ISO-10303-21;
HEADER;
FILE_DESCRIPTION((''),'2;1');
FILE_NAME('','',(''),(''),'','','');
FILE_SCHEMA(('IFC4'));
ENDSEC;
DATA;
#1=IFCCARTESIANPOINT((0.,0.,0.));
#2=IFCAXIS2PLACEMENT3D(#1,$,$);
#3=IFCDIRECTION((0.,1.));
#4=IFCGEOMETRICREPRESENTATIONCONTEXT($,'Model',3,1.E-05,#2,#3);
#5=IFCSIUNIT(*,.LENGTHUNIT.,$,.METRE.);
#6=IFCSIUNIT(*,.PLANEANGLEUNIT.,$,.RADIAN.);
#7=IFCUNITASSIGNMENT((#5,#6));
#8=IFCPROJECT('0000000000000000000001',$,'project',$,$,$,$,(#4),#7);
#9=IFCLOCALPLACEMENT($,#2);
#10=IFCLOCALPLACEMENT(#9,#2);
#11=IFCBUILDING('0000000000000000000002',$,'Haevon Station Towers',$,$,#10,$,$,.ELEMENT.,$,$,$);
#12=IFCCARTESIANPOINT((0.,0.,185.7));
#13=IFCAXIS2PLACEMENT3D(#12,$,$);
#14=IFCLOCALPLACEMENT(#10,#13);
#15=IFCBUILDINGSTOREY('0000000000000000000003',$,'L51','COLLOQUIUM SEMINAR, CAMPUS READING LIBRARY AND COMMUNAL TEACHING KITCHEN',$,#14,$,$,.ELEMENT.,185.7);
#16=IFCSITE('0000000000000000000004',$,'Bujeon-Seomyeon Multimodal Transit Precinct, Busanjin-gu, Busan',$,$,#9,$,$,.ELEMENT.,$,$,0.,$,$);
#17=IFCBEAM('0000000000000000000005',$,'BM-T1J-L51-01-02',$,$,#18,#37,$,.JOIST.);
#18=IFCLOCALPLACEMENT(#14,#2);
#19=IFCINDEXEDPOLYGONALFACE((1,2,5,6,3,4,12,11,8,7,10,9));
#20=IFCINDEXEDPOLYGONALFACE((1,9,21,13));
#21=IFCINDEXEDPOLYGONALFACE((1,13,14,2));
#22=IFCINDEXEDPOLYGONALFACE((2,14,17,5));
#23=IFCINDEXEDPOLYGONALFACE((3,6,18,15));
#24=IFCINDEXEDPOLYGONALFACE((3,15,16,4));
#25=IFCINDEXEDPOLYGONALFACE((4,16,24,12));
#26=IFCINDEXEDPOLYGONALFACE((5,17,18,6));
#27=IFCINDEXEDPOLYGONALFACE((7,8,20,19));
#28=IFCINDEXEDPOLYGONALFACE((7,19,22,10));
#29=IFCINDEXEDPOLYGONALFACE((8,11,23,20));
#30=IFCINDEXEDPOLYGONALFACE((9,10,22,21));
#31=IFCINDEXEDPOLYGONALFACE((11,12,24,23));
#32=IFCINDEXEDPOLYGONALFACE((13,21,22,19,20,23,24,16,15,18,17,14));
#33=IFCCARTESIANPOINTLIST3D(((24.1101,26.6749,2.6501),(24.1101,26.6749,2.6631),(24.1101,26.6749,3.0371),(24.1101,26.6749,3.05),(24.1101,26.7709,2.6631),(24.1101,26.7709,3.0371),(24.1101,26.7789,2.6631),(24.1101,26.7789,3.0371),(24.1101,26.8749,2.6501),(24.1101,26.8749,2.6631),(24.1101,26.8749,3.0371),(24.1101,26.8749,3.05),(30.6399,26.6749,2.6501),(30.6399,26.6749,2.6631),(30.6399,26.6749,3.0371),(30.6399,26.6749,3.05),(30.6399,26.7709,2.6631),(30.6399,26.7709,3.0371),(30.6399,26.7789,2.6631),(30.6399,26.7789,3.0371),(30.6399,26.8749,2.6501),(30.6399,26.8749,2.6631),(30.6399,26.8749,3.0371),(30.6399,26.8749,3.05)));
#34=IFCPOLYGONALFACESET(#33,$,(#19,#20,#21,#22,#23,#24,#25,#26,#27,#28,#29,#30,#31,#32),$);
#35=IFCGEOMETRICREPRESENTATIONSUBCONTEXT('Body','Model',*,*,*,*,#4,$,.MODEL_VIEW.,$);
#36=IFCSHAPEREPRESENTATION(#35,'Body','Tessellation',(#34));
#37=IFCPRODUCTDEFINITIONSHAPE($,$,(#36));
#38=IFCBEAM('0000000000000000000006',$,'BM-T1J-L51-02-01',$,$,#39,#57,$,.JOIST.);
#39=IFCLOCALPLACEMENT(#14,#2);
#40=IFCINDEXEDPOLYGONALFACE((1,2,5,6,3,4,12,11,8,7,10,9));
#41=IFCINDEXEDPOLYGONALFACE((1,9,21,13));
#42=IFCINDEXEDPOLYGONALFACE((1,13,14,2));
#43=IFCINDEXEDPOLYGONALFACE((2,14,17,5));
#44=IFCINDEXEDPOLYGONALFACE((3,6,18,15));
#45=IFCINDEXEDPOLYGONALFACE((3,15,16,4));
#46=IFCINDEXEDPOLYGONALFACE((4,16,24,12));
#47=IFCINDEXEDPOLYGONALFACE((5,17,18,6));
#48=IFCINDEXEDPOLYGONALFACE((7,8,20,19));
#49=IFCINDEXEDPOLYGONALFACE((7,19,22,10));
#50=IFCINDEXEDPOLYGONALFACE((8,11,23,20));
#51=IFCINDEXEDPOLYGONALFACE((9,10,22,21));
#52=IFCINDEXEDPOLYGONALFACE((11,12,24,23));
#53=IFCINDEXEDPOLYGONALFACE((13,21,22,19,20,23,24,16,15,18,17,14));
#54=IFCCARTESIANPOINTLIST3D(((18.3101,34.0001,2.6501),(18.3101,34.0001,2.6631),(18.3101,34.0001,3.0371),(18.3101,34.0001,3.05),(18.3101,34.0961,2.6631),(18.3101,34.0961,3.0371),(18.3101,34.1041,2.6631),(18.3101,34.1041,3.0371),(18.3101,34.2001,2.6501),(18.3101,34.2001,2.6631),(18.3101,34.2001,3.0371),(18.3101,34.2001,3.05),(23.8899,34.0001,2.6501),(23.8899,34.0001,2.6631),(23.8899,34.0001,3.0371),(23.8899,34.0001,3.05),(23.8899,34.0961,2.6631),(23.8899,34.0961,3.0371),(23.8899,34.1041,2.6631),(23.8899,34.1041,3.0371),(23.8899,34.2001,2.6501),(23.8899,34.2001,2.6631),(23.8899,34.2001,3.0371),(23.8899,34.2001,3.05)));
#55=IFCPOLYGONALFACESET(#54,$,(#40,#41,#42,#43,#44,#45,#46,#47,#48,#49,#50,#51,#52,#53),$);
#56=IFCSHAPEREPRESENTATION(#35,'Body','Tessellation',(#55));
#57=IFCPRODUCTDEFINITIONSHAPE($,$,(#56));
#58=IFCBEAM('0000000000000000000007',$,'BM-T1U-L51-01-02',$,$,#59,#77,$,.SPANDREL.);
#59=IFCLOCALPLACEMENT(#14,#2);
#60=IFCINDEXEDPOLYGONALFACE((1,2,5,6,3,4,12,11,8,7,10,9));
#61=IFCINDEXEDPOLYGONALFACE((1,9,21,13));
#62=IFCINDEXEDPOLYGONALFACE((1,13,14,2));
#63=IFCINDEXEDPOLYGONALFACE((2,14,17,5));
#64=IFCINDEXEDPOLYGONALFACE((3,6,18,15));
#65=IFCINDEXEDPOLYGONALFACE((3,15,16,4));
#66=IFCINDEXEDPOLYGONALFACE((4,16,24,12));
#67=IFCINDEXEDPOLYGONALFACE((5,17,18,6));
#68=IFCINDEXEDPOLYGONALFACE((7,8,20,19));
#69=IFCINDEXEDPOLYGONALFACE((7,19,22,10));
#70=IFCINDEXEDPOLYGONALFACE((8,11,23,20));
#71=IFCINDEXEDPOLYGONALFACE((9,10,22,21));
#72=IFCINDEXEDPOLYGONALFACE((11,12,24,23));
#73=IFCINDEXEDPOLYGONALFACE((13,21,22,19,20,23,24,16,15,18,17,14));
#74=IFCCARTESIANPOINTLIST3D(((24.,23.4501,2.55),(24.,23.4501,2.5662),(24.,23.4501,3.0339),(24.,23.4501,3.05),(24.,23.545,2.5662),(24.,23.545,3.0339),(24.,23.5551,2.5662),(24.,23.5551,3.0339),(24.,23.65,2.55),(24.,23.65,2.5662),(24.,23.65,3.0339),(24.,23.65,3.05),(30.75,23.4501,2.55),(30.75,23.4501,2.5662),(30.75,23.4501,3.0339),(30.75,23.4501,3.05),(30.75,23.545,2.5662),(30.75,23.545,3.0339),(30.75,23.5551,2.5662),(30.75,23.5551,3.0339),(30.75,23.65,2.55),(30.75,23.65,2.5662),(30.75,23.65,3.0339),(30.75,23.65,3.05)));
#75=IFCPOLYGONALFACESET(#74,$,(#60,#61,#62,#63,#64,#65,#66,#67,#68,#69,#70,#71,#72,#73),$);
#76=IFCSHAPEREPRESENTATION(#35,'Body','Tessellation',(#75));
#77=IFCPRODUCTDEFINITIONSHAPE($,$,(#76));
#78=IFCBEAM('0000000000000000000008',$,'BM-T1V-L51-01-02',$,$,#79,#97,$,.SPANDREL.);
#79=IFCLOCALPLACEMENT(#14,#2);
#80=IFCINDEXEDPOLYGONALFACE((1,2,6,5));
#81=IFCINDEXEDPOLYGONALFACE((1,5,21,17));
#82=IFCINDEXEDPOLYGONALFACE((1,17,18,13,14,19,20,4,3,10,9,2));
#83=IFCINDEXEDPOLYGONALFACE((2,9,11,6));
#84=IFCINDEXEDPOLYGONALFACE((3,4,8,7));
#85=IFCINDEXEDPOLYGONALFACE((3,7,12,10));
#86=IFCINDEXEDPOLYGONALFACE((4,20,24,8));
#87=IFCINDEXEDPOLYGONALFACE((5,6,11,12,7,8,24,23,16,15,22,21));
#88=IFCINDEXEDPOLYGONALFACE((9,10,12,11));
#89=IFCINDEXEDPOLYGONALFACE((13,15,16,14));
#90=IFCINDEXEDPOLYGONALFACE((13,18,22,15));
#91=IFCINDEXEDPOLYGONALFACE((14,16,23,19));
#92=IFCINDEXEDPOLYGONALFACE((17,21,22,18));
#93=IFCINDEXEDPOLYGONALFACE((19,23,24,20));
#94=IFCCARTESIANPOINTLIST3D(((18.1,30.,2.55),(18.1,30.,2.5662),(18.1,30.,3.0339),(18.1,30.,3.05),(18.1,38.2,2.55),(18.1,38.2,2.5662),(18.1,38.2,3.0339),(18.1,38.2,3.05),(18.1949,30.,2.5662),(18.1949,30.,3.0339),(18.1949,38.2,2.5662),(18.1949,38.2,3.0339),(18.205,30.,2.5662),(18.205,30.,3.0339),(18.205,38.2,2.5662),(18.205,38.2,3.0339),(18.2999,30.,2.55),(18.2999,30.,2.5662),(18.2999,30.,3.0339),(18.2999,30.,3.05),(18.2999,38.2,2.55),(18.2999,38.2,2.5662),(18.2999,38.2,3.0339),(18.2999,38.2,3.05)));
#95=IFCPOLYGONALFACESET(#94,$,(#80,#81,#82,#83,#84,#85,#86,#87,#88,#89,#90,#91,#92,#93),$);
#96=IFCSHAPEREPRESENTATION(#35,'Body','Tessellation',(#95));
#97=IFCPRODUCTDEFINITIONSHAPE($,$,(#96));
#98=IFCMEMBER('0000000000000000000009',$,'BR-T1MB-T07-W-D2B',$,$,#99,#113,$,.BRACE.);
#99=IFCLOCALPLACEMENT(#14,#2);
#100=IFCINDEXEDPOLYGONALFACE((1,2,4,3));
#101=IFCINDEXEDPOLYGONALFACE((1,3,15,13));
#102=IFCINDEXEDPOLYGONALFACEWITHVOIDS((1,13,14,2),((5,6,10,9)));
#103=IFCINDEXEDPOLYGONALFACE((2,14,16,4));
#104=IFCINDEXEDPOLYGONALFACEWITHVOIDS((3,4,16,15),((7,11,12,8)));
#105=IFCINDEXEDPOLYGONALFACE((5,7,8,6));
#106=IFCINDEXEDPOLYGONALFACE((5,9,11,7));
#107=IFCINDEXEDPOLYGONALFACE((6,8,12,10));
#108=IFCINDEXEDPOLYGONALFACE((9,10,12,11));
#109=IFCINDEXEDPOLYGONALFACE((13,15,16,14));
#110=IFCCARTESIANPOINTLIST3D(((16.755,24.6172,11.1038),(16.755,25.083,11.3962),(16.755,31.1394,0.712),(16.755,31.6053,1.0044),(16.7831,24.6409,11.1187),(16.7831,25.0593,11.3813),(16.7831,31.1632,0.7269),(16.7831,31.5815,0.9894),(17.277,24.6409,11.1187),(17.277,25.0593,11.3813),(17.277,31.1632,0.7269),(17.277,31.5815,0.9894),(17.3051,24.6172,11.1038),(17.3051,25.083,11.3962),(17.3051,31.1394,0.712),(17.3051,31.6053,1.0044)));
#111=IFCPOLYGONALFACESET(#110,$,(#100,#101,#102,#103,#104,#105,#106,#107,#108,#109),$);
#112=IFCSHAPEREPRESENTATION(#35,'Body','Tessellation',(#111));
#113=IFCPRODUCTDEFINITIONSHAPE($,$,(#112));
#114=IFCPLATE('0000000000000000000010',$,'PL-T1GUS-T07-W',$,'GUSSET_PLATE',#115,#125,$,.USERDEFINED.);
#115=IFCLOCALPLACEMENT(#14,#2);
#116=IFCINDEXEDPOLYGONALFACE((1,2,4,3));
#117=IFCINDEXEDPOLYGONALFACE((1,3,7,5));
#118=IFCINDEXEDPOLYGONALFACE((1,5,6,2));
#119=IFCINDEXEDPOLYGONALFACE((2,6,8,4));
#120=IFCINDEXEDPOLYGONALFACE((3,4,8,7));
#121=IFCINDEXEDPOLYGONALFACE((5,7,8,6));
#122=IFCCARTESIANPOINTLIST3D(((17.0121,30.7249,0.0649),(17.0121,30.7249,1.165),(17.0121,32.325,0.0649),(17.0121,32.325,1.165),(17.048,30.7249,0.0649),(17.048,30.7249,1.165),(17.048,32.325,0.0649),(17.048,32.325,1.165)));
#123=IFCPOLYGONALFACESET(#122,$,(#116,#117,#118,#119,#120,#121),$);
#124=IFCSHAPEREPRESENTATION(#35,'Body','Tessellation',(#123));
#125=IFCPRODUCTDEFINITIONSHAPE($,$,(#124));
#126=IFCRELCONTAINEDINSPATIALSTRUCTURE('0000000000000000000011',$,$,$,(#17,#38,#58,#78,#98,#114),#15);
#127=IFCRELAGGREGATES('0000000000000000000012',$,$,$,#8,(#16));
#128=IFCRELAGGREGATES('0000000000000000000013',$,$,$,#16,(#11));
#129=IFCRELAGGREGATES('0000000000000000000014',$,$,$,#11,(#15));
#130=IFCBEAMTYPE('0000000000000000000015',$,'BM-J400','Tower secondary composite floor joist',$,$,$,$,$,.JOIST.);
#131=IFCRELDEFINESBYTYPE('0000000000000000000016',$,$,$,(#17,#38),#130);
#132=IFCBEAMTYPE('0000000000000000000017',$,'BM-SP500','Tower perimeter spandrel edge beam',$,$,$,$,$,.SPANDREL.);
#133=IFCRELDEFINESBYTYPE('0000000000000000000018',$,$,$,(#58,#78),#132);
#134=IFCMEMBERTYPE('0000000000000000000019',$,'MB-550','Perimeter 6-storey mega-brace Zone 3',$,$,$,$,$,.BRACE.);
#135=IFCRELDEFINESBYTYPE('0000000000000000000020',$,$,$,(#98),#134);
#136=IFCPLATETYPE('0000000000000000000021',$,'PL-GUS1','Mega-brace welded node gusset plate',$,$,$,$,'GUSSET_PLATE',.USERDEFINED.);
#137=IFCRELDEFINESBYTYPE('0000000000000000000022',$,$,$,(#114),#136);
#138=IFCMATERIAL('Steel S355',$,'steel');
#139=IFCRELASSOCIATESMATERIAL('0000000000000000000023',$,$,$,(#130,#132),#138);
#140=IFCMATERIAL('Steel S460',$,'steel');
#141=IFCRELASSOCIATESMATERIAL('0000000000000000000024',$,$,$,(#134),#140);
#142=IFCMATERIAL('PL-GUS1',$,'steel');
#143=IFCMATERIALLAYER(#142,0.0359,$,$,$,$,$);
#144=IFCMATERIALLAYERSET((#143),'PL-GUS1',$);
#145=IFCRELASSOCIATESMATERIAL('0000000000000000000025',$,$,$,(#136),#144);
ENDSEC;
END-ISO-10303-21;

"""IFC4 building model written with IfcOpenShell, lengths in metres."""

from ifc_helpers import new_model, si_unit, direction, frame, origin, origin_2d, place, context, subcontext, project, spatial, rectangle, hollow_rectangle, i_section, extrude, material, layer, layer_set, material_profile, profile_set, type_object, element, save


model = new_model("IFC4")

# Units and contexts
model_context = context("Model", 3, precision=1e-05, world=origin(), true_north=direction((0.0, 1.0)))
body_context = subcontext(model_context, "Body", "Model", "MODEL_VIEW")
ifc_project = project(units=[si_unit("LENGTHUNIT", "METRE"), si_unit("PLANEANGLEUNIT", "RADIAN")], contexts=[model_context])

# Site, building, storey
site_placement = place(None, origin())
site = spatial("IfcSite", under=ifc_project, at=site_placement, Name="Bujeon-Seomyeon Multimodal Transit Precinct, Busanjin-gu, Busan", CompositionType="ELEMENT", RefElevation=0.0)
building_placement = place(site_placement, origin())
building = spatial("IfcBuilding", under=site, at=building_placement, Name="Haevon Station Towers", CompositionType="ELEMENT")
storey_placement = place(building_placement, frame((0.0, 0.0, 185.7)))
storey = spatial("IfcBuildingStorey", under=building, at=storey_placement, Name="L51", Description="COLLOQUIUM SEMINAR, CAMPUS READING LIBRARY AND COMMUNAL TEACHING KITCHEN", CompositionType="ELEMENT", Elevation=185.7)

# Shared definitions
ifc_material_1 = material(Name="Steel S355", Category="steel")

# Beams
ifc_material_profile_1 = material_profile(ifc_material_1, i_section(OverallWidth=0.2, OverallDepth=0.3999, WebThickness=0.0081, FlangeThickness=0.0129, at=origin_2d()), Name="H-400x200x8x13")
ifc_profile_set_1 = profile_set([ifc_material_profile_1], Name="Steel S355")
beam_type_1 = type_object("IfcBeamType", Name="BM-J400", Description="Tower secondary composite floor joist", PredefinedType="JOIST", material=ifc_profile_set_1)
beam_1_placement = place(storey_placement, frame((24.1101, 26.7749, 2.8501), z_axis=(1.0, 0.0, 0.0), x_axis=(0.0, 1.0, 0.0)))
element("IfcBeam", 1, at=beam_1_placement, inside=storey, type_object=beam_type_1, Name="BM-T1J-L51-01-02", PredefinedType="JOIST", context=body_context, shape_type="SweptSolid", body=[
    extrude(i_section(OverallWidth=0.2, OverallDepth=0.3999, WebThickness=0.0081, FlangeThickness=0.0129, at=origin_2d()), origin(), (0.0, 0.0, 1.0), 6.5298),
])
beam_2_placement = place(storey_placement, frame((18.3101, 34.1001, 2.8501), z_axis=(1.0, 0.0, 0.0), x_axis=(0.0, 1.0, 0.0)))
element("IfcBeam", 2, at=beam_2_placement, inside=storey, type_object=beam_type_1, Name="BM-T1J-L51-02-01", PredefinedType="JOIST", context=body_context, shape_type="SweptSolid", body=[
    extrude(i_section(OverallWidth=0.2, OverallDepth=0.3999, WebThickness=0.0081, FlangeThickness=0.0129, at=origin_2d()), origin(), (0.0, 0.0, 1.0), 5.5798),
])
ifc_material_profile_2 = material_profile(ifc_material_1, i_section(OverallWidth=0.2, OverallDepth=0.5, WebThickness=0.01, FlangeThickness=0.0161, at=origin_2d()), Name="H-500x200x10x16")
ifc_profile_set_2 = profile_set([ifc_material_profile_2], Name="Steel S355")
beam_type_2 = type_object("IfcBeamType", Name="BM-SP500", Description="Tower perimeter spandrel edge beam", PredefinedType="SPANDREL", material=ifc_profile_set_2)
beam_3_placement = place(storey_placement, frame((24.0, 23.55, 2.8), z_axis=(1.0, 0.0, 0.0), x_axis=(0.0, 1.0, 0.0)))
element("IfcBeam", 3, at=beam_3_placement, inside=storey, type_object=beam_type_2, Name="BM-T1U-L51-01-02", PredefinedType="SPANDREL", context=body_context, shape_type="SweptSolid", body=[
    extrude(i_section(OverallWidth=0.2, OverallDepth=0.5, WebThickness=0.01, FlangeThickness=0.0161, at=origin_2d()), origin(), (0.0, 0.0, 1.0), 6.75),
])
beam_4_placement = place(storey_placement, frame((18.2, 30.0, 2.8), z_axis=(0.0, 1.0, 0.0), x_axis=(-1.0, 0.0, 0.0)))
element("IfcBeam", 4, at=beam_4_placement, inside=storey, type_object=beam_type_2, Name="BM-T1V-L51-01-02", PredefinedType="SPANDREL", context=body_context, shape_type="SweptSolid", body=[
    extrude(i_section(OverallWidth=0.2, OverallDepth=0.5, WebThickness=0.01, FlangeThickness=0.0161, at=origin_2d()), origin(), (0.0, 0.0, 1.0), 8.2),
])

# Member
ifc_material_2 = material(Name="Steel S460", Category="steel")
ifc_material_profile_3 = material_profile(ifc_material_2, hollow_rectangle(XDim=0.55, YDim=0.55, WallThickness=0.0281, at=origin_2d()), Name="RHS-550x550x28")
ifc_profile_set_3 = profile_set([ifc_material_profile_3], Name="Steel S460")
member_type = type_object("IfcMemberType", Name="MB-550", Description="Perimeter 6-storey mega-brace Zone 3", PredefinedType="BRACE", material=ifc_profile_set_3)
member_placement = place(storey_placement, frame((17.03, 31.3723, 0.8582), z_axis=(0.0, -0.531599, 0.846996), x_axis=(1.0, 0.0, 0.0)))
element("IfcMember", 5, at=member_placement, inside=storey, type_object=member_type, Name="BR-T1MB-T07-W-D2B", PredefinedType="BRACE", context=body_context, shape_type="SweptSolid", body=[
    extrude(hollow_rectangle(XDim=0.55, YDim=0.55, WallThickness=0.0281, at=origin_2d()), origin(), (0.0, 0.0, 1.0), 12.269),
])

# Plate
ifc_material_3 = material(Name="PL-GUS1", Category="steel")
ifc_layer_1 = layer(ifc_material_3, 0.0359)
ifc_layer_set_1 = layer_set([ifc_layer_1], Name="PL-GUS1")
plate_type = type_object("IfcPlateType", Name="PL-GUS1", Description="Mega-brace welded node gusset plate", ElementType="GUSSET_PLATE", PredefinedType="USERDEFINED", material=ifc_layer_set_1)
plate_placement = place(storey_placement, frame((17.03, 31.5249, 0.0649), z_axis=(0.0, 0.0, 1.0), x_axis=(0.0, 1.0, 0.0)))
element("IfcPlate", 6, at=plate_placement, inside=storey, type_object=plate_type, Name="PL-T1GUS-T07-W", ObjectType="GUSSET_PLATE", PredefinedType="USERDEFINED", context=body_context, shape_type="SweptSolid", body=[
    extrude(rectangle(XDim=1.6001, YDim=0.0359, at=origin_2d()), origin(), (0.0, 0.0, 1.0), 1.1001),
])

save(model, "model.ifc")
